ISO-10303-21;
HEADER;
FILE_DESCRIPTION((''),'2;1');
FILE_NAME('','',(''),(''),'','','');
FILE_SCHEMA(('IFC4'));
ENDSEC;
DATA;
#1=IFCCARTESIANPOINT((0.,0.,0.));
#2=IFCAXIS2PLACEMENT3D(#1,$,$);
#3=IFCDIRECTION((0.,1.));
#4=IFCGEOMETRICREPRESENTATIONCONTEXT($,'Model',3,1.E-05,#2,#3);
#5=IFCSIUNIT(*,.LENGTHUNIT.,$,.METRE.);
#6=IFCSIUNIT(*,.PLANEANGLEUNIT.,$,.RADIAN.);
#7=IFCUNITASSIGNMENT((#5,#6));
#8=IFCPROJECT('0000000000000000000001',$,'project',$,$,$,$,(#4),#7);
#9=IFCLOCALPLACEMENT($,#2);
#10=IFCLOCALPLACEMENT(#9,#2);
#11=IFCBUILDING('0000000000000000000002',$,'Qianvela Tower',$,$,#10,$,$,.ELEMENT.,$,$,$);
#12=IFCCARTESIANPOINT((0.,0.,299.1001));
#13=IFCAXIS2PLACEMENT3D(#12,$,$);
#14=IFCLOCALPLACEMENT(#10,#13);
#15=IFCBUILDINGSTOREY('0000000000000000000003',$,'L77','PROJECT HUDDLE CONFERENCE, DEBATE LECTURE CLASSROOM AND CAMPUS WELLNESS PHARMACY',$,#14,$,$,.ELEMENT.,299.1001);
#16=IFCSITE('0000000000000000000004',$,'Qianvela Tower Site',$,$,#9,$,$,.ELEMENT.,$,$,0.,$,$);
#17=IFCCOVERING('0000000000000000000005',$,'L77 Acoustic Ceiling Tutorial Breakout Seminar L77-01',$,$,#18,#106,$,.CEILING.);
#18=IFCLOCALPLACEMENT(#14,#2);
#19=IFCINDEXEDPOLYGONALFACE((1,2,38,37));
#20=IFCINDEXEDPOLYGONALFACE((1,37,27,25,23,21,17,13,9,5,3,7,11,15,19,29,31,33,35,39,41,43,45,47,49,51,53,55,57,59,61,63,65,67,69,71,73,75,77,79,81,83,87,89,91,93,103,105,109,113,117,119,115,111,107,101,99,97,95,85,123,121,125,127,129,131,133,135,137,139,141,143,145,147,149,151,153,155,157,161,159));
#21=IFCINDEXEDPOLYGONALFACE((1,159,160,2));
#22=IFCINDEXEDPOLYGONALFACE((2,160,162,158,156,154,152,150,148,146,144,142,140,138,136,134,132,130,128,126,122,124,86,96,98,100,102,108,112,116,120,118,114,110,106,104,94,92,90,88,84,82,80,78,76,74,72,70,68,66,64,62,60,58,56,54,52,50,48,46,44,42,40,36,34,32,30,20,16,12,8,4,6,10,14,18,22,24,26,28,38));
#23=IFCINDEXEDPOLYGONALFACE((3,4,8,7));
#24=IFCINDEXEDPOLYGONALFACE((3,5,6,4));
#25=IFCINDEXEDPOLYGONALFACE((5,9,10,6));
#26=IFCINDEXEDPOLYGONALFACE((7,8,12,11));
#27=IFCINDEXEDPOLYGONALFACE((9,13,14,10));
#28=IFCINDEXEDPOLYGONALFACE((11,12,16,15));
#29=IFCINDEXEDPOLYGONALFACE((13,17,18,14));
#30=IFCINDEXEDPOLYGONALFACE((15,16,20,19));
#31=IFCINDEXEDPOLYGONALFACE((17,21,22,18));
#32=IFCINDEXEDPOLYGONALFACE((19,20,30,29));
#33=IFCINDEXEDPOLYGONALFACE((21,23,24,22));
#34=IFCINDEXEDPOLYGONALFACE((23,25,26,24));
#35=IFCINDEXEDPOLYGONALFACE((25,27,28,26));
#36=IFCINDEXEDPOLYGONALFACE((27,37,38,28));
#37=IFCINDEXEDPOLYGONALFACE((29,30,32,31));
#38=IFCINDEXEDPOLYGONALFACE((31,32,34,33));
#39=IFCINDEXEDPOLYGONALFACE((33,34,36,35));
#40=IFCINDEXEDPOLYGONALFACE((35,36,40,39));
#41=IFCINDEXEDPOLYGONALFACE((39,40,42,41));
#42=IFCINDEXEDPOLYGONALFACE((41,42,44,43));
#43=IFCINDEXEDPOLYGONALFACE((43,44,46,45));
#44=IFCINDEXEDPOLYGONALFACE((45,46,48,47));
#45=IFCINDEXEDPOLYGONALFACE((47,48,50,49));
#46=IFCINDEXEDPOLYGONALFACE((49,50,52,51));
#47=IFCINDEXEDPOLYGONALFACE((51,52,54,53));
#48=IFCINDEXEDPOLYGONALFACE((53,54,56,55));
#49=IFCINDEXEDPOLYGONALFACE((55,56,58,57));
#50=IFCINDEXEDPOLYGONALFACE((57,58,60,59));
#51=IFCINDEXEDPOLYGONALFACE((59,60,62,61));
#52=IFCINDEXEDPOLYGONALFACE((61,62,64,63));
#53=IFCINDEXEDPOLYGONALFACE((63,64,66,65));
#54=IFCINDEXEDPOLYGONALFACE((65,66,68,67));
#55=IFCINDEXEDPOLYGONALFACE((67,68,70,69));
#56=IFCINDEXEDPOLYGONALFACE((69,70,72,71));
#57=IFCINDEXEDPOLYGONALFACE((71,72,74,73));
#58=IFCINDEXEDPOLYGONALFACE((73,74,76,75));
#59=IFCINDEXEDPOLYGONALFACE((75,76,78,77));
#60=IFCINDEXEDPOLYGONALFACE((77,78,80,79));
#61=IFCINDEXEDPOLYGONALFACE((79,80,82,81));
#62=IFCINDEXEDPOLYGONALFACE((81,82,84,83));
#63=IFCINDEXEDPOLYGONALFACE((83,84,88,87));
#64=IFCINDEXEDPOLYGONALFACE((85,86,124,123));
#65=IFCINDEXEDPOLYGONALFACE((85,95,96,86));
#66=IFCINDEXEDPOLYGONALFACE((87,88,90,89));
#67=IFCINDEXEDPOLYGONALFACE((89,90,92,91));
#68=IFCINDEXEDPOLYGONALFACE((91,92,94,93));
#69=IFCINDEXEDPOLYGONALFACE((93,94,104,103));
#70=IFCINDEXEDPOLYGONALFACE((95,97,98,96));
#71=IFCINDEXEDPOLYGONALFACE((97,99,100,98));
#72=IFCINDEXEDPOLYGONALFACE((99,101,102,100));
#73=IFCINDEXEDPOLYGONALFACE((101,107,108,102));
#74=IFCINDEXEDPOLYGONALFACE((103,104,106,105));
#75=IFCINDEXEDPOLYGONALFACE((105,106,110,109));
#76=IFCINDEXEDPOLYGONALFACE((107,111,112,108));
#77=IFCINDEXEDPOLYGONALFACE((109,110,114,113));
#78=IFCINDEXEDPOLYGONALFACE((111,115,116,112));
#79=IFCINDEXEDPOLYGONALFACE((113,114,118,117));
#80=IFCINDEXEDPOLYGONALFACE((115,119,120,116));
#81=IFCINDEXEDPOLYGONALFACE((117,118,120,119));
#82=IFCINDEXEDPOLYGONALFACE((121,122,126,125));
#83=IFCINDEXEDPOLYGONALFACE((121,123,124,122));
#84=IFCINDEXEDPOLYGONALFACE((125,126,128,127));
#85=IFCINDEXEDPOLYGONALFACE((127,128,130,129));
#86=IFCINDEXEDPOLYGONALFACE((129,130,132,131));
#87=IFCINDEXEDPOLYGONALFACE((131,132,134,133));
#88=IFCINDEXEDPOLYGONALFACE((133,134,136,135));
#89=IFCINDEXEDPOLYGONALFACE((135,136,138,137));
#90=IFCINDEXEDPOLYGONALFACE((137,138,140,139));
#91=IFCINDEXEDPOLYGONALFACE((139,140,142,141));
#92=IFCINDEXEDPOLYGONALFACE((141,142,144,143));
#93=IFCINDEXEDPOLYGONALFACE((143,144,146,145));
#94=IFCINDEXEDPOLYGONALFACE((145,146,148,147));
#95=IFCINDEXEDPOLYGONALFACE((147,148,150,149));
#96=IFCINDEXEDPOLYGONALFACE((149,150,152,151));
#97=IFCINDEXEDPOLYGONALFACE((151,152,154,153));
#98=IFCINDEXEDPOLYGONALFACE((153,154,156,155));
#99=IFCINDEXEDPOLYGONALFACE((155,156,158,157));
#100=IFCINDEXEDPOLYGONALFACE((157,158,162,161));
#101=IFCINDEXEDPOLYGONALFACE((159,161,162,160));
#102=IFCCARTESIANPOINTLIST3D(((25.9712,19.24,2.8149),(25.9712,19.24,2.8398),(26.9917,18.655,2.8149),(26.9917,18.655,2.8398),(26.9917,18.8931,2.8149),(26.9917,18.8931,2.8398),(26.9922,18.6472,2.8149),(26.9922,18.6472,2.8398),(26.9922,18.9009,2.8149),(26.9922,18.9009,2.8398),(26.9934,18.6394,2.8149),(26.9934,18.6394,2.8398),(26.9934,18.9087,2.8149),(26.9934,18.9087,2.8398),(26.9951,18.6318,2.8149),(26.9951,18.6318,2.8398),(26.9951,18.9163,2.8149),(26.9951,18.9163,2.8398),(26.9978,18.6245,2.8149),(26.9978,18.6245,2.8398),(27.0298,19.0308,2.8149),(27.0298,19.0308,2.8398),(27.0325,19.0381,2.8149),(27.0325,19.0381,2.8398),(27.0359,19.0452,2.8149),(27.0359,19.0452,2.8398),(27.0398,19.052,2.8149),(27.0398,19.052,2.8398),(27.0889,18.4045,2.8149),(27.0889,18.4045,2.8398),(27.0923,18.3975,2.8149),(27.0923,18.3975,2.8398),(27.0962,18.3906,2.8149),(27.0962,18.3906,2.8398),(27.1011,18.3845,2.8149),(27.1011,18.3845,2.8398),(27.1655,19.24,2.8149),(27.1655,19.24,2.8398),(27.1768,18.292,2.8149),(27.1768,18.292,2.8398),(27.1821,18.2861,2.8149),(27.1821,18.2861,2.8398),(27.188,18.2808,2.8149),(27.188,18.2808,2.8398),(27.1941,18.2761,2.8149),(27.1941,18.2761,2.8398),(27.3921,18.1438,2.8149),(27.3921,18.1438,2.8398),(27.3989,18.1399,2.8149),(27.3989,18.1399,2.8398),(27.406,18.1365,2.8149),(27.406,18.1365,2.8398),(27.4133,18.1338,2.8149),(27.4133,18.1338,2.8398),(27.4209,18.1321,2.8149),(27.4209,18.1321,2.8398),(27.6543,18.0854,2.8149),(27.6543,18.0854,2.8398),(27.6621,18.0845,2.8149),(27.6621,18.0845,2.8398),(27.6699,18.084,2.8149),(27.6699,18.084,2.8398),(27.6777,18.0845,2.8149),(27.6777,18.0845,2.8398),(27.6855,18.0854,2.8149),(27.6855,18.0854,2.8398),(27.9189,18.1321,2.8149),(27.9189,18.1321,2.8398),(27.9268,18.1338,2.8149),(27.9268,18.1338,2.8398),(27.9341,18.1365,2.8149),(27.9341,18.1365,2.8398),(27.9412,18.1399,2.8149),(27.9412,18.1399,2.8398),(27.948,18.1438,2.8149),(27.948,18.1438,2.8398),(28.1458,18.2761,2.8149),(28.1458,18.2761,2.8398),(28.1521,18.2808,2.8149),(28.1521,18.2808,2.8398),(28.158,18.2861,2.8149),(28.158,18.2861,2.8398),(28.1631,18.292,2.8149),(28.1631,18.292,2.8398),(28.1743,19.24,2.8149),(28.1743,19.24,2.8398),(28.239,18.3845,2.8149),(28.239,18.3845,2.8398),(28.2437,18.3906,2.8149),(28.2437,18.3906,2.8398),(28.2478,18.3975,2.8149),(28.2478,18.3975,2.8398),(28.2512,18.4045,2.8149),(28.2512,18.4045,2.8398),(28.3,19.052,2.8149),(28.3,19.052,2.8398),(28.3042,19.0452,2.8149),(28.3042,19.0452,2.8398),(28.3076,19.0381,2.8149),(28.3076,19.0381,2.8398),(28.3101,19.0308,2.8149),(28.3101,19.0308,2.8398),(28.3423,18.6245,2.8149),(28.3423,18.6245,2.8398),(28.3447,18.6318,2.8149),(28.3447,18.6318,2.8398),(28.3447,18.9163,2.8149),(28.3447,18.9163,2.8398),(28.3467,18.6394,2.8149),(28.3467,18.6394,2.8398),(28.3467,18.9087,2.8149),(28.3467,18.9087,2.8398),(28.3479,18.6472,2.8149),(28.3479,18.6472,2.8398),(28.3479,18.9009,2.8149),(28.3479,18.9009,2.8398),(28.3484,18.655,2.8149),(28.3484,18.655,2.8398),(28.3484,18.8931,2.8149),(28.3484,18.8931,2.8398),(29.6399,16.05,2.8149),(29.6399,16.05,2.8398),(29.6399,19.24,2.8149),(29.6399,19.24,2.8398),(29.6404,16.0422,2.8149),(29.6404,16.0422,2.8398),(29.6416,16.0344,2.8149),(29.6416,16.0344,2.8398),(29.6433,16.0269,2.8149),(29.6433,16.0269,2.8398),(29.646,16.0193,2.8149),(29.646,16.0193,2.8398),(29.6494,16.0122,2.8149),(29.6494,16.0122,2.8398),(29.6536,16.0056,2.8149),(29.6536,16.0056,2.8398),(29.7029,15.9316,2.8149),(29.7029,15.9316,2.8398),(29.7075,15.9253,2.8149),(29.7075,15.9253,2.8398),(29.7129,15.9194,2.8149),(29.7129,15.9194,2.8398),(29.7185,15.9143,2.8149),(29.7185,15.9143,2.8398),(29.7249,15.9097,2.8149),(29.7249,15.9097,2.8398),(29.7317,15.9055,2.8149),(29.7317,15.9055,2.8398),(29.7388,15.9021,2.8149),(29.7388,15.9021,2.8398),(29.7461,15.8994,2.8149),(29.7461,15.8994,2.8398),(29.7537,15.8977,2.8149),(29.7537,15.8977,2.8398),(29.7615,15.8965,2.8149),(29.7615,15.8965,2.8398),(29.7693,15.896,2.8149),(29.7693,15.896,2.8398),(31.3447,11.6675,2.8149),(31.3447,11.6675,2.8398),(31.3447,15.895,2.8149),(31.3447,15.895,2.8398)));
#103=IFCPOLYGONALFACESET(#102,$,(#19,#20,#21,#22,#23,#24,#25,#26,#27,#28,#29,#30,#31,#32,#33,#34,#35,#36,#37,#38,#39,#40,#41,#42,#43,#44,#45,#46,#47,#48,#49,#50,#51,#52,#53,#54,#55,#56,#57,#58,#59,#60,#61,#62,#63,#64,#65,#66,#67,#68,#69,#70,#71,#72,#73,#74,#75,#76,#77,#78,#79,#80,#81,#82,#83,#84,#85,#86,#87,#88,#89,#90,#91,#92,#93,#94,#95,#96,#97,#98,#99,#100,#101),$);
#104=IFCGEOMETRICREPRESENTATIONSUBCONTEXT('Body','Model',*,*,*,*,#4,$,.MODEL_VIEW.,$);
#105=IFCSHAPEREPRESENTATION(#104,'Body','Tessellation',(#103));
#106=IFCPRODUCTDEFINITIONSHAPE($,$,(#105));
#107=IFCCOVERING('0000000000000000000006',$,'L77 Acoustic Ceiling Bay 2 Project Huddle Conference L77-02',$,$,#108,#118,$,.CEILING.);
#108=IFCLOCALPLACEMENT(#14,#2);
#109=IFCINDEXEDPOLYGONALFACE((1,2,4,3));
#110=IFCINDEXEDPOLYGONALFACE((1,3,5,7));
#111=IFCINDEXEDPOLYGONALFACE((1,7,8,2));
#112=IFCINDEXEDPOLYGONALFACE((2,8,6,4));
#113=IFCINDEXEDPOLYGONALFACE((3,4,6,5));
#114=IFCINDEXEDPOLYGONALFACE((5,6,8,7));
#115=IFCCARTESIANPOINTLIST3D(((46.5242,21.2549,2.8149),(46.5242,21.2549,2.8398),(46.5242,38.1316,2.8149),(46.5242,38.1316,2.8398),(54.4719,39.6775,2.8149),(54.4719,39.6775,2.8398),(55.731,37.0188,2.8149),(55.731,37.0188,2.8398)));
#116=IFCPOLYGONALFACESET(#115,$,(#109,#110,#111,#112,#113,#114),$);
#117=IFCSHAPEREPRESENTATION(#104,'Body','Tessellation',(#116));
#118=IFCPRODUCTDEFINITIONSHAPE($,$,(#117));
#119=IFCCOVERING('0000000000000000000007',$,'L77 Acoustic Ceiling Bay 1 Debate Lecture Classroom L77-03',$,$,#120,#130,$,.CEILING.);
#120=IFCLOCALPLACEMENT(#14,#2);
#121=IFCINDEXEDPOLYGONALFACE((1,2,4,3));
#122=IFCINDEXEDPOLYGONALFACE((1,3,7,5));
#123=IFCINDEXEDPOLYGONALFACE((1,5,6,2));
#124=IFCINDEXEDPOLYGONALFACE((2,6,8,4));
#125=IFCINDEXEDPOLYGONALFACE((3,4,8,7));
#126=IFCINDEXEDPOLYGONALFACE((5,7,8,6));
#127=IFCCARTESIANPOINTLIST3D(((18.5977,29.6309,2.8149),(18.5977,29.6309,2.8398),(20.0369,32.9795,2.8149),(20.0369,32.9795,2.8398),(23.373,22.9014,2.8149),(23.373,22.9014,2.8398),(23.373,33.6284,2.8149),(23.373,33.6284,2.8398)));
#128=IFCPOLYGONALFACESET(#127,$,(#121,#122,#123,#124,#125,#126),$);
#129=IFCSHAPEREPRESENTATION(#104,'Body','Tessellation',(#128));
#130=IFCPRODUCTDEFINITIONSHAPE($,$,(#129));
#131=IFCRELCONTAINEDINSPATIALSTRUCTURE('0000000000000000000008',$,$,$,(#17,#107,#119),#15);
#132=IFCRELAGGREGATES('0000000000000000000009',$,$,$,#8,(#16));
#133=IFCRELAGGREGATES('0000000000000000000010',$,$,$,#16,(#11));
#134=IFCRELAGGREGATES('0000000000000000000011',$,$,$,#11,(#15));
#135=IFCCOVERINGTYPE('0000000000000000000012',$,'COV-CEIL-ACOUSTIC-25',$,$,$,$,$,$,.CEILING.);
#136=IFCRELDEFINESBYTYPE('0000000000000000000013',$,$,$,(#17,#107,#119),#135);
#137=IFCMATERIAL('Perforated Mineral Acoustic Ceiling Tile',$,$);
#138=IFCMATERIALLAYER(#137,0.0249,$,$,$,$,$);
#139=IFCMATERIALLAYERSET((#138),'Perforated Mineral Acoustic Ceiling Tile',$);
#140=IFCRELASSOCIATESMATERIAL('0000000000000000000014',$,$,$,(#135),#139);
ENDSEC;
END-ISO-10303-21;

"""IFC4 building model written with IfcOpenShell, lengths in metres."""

from ifc_helpers import new_model, si_unit, direction, frame, origin, place, context, subcontext, project, spatial, polyline, outline, extrude, material, layer, layer_set, type_object, element, save


model = new_model("IFC4")

# Units and contexts
model_context = context("Model", 3, precision=1e-05, world=origin(), true_north=direction((0.0, 1.0)))
body_context = subcontext(model_context, "Body", "Model", "MODEL_VIEW")
ifc_project = project(units=[si_unit("LENGTHUNIT", "METRE"), si_unit("PLANEANGLEUNIT", "RADIAN")], contexts=[model_context])

# Site, building, storey
site_placement = place(None, origin())
site = spatial("IfcSite", under=ifc_project, at=site_placement, Name="Qianvela Tower Site", CompositionType="ELEMENT", RefElevation=0.0)
building_placement = place(site_placement, origin())
building = spatial("IfcBuilding", under=site, at=building_placement, Name="Qianvela Tower", CompositionType="ELEMENT")
storey_placement = place(building_placement, frame((0.0, 0.0, 299.1001)))
storey = spatial("IfcBuildingStorey", under=building, at=storey_placement, Name="L77", Description="PROJECT HUDDLE CONFERENCE, DEBATE LECTURE CLASSROOM AND CAMPUS WELLNESS PHARMACY", CompositionType="ELEMENT", Elevation=299.1001)

# Coverings
ifc_material_1 = material(Name="Perforated Mineral Acoustic Ceiling Tile")
ifc_layer_1 = layer(ifc_material_1, 0.0249)
ifc_layer_set_1 = layer_set([ifc_layer_1], Name="Perforated Mineral Acoustic Ceiling Tile")
covering_type_1 = type_object("IfcCoveringType", Name="COV-CEIL-ACOUSTIC-25", PredefinedType="CEILING", material=ifc_layer_set_1)
covering_1_placement = place(storey_placement, frame((0.0, 0.0, 2.8149)))
element("IfcCovering", 1, at=covering_1_placement, inside=storey, type_object=covering_type_1, Name="L77 Acoustic Ceiling Tutorial Breakout Seminar L77-01", PredefinedType="CEILING", context=body_context, shape_type="SweptSolid", body=[
    extrude(outline(polyline([(27.1655, 19.24), (27.0398, 19.052), (27.0359, 19.0452), (27.0325, 19.0381), (27.0298, 19.0308), (26.9951, 18.9163), (26.9934, 18.9087), (26.9922, 18.9009), (26.9917, 18.8931), (26.9917, 18.655), (26.9922, 18.6472), (26.9934, 18.6394), (26.9951, 18.6318), (26.9978, 18.6245), (27.0889, 18.4045), (27.0923, 18.3975), (27.0962, 18.3906), (27.1011, 18.3845), (27.1768, 18.292), (27.1821, 18.2861), (27.188, 18.2808), (27.1941, 18.2761), (27.3921, 18.1438), (27.3989, 18.1399), (27.406, 18.1365), (27.4133, 18.1338), (27.4209, 18.1321), (27.6543, 18.0854), (27.6621, 18.0845), (27.6699, 18.084), (27.6777, 18.0845), (27.6855, 18.0854), (27.9189, 18.1321), (27.9268, 18.1338), (27.9341, 18.1365), (27.9412, 18.1399), (27.948, 18.1438), (28.1458, 18.2761), (28.1521, 18.2808), (28.158, 18.2861), (28.1631, 18.292), (28.239, 18.3845), (28.2437, 18.3906), (28.2478, 18.3975), (28.2512, 18.4045), (28.3423, 18.6245), (28.3447, 18.6318), (28.3467, 18.6394), (28.3479, 18.6472), (28.3484, 18.655), (28.3484, 18.8931), (28.3479, 18.9009), (28.3467, 18.9087), (28.3447, 18.9163), (28.3101, 19.0308), (28.3076, 19.0381), (28.3042, 19.0452), (28.3, 19.052), (28.1743, 19.24), (29.6399, 19.24), (29.6399, 16.05), (29.6404, 16.0422), (29.6416, 16.0344), (29.6433, 16.0269), (29.646, 16.0193), (29.6494, 16.0122), (29.6536, 16.0056), (29.7029, 15.9316), (29.7075, 15.9253), (29.7129, 15.9194), (29.7185, 15.9143), (29.7249, 15.9097), (29.7317, 15.9055), (29.7388, 15.9021), (29.7461, 15.8994), (29.7537, 15.8977), (29.7615, 15.8965), (29.7693, 15.896), (31.3447, 15.895), (31.3447, 11.6675), (25.9712, 19.24), (27.1655, 19.24)])), origin(), (0.0, 0.0, 1.0), 0.0249),
])
covering_2_placement = place(storey_placement, frame((0.0, 0.0, 2.8149)))
element("IfcCovering", 2, at=covering_2_placement, inside=storey, type_object=covering_type_1, Name="L77 Acoustic Ceiling Bay 2 Project Huddle Conference L77-02", PredefinedType="CEILING", context=body_context, shape_type="SweptSolid", body=[
    extrude(outline(polyline([(54.4719, 39.6775), (55.731, 37.0188), (46.5242, 21.2549), (46.5242, 38.1316), (54.4719, 39.6775)])), origin(), (0.0, 0.0, 1.0), 0.0249),
])
covering_3_placement = place(storey_placement, frame((0.0, 0.0, 2.8149)))
element("IfcCovering", 3, at=covering_3_placement, inside=storey, type_object=covering_type_1, Name="L77 Acoustic Ceiling Bay 1 Debate Lecture Classroom L77-03", PredefinedType="CEILING", context=body_context, shape_type="SweptSolid", body=[
    extrude(outline(polyline([(23.373, 33.6284), (23.373, 22.9014), (18.5977, 29.6309), (20.0369, 32.9795), (23.373, 33.6284)])), origin(), (0.0, 0.0, 1.0), 0.0249),
])

save(model, "model.ifc")
